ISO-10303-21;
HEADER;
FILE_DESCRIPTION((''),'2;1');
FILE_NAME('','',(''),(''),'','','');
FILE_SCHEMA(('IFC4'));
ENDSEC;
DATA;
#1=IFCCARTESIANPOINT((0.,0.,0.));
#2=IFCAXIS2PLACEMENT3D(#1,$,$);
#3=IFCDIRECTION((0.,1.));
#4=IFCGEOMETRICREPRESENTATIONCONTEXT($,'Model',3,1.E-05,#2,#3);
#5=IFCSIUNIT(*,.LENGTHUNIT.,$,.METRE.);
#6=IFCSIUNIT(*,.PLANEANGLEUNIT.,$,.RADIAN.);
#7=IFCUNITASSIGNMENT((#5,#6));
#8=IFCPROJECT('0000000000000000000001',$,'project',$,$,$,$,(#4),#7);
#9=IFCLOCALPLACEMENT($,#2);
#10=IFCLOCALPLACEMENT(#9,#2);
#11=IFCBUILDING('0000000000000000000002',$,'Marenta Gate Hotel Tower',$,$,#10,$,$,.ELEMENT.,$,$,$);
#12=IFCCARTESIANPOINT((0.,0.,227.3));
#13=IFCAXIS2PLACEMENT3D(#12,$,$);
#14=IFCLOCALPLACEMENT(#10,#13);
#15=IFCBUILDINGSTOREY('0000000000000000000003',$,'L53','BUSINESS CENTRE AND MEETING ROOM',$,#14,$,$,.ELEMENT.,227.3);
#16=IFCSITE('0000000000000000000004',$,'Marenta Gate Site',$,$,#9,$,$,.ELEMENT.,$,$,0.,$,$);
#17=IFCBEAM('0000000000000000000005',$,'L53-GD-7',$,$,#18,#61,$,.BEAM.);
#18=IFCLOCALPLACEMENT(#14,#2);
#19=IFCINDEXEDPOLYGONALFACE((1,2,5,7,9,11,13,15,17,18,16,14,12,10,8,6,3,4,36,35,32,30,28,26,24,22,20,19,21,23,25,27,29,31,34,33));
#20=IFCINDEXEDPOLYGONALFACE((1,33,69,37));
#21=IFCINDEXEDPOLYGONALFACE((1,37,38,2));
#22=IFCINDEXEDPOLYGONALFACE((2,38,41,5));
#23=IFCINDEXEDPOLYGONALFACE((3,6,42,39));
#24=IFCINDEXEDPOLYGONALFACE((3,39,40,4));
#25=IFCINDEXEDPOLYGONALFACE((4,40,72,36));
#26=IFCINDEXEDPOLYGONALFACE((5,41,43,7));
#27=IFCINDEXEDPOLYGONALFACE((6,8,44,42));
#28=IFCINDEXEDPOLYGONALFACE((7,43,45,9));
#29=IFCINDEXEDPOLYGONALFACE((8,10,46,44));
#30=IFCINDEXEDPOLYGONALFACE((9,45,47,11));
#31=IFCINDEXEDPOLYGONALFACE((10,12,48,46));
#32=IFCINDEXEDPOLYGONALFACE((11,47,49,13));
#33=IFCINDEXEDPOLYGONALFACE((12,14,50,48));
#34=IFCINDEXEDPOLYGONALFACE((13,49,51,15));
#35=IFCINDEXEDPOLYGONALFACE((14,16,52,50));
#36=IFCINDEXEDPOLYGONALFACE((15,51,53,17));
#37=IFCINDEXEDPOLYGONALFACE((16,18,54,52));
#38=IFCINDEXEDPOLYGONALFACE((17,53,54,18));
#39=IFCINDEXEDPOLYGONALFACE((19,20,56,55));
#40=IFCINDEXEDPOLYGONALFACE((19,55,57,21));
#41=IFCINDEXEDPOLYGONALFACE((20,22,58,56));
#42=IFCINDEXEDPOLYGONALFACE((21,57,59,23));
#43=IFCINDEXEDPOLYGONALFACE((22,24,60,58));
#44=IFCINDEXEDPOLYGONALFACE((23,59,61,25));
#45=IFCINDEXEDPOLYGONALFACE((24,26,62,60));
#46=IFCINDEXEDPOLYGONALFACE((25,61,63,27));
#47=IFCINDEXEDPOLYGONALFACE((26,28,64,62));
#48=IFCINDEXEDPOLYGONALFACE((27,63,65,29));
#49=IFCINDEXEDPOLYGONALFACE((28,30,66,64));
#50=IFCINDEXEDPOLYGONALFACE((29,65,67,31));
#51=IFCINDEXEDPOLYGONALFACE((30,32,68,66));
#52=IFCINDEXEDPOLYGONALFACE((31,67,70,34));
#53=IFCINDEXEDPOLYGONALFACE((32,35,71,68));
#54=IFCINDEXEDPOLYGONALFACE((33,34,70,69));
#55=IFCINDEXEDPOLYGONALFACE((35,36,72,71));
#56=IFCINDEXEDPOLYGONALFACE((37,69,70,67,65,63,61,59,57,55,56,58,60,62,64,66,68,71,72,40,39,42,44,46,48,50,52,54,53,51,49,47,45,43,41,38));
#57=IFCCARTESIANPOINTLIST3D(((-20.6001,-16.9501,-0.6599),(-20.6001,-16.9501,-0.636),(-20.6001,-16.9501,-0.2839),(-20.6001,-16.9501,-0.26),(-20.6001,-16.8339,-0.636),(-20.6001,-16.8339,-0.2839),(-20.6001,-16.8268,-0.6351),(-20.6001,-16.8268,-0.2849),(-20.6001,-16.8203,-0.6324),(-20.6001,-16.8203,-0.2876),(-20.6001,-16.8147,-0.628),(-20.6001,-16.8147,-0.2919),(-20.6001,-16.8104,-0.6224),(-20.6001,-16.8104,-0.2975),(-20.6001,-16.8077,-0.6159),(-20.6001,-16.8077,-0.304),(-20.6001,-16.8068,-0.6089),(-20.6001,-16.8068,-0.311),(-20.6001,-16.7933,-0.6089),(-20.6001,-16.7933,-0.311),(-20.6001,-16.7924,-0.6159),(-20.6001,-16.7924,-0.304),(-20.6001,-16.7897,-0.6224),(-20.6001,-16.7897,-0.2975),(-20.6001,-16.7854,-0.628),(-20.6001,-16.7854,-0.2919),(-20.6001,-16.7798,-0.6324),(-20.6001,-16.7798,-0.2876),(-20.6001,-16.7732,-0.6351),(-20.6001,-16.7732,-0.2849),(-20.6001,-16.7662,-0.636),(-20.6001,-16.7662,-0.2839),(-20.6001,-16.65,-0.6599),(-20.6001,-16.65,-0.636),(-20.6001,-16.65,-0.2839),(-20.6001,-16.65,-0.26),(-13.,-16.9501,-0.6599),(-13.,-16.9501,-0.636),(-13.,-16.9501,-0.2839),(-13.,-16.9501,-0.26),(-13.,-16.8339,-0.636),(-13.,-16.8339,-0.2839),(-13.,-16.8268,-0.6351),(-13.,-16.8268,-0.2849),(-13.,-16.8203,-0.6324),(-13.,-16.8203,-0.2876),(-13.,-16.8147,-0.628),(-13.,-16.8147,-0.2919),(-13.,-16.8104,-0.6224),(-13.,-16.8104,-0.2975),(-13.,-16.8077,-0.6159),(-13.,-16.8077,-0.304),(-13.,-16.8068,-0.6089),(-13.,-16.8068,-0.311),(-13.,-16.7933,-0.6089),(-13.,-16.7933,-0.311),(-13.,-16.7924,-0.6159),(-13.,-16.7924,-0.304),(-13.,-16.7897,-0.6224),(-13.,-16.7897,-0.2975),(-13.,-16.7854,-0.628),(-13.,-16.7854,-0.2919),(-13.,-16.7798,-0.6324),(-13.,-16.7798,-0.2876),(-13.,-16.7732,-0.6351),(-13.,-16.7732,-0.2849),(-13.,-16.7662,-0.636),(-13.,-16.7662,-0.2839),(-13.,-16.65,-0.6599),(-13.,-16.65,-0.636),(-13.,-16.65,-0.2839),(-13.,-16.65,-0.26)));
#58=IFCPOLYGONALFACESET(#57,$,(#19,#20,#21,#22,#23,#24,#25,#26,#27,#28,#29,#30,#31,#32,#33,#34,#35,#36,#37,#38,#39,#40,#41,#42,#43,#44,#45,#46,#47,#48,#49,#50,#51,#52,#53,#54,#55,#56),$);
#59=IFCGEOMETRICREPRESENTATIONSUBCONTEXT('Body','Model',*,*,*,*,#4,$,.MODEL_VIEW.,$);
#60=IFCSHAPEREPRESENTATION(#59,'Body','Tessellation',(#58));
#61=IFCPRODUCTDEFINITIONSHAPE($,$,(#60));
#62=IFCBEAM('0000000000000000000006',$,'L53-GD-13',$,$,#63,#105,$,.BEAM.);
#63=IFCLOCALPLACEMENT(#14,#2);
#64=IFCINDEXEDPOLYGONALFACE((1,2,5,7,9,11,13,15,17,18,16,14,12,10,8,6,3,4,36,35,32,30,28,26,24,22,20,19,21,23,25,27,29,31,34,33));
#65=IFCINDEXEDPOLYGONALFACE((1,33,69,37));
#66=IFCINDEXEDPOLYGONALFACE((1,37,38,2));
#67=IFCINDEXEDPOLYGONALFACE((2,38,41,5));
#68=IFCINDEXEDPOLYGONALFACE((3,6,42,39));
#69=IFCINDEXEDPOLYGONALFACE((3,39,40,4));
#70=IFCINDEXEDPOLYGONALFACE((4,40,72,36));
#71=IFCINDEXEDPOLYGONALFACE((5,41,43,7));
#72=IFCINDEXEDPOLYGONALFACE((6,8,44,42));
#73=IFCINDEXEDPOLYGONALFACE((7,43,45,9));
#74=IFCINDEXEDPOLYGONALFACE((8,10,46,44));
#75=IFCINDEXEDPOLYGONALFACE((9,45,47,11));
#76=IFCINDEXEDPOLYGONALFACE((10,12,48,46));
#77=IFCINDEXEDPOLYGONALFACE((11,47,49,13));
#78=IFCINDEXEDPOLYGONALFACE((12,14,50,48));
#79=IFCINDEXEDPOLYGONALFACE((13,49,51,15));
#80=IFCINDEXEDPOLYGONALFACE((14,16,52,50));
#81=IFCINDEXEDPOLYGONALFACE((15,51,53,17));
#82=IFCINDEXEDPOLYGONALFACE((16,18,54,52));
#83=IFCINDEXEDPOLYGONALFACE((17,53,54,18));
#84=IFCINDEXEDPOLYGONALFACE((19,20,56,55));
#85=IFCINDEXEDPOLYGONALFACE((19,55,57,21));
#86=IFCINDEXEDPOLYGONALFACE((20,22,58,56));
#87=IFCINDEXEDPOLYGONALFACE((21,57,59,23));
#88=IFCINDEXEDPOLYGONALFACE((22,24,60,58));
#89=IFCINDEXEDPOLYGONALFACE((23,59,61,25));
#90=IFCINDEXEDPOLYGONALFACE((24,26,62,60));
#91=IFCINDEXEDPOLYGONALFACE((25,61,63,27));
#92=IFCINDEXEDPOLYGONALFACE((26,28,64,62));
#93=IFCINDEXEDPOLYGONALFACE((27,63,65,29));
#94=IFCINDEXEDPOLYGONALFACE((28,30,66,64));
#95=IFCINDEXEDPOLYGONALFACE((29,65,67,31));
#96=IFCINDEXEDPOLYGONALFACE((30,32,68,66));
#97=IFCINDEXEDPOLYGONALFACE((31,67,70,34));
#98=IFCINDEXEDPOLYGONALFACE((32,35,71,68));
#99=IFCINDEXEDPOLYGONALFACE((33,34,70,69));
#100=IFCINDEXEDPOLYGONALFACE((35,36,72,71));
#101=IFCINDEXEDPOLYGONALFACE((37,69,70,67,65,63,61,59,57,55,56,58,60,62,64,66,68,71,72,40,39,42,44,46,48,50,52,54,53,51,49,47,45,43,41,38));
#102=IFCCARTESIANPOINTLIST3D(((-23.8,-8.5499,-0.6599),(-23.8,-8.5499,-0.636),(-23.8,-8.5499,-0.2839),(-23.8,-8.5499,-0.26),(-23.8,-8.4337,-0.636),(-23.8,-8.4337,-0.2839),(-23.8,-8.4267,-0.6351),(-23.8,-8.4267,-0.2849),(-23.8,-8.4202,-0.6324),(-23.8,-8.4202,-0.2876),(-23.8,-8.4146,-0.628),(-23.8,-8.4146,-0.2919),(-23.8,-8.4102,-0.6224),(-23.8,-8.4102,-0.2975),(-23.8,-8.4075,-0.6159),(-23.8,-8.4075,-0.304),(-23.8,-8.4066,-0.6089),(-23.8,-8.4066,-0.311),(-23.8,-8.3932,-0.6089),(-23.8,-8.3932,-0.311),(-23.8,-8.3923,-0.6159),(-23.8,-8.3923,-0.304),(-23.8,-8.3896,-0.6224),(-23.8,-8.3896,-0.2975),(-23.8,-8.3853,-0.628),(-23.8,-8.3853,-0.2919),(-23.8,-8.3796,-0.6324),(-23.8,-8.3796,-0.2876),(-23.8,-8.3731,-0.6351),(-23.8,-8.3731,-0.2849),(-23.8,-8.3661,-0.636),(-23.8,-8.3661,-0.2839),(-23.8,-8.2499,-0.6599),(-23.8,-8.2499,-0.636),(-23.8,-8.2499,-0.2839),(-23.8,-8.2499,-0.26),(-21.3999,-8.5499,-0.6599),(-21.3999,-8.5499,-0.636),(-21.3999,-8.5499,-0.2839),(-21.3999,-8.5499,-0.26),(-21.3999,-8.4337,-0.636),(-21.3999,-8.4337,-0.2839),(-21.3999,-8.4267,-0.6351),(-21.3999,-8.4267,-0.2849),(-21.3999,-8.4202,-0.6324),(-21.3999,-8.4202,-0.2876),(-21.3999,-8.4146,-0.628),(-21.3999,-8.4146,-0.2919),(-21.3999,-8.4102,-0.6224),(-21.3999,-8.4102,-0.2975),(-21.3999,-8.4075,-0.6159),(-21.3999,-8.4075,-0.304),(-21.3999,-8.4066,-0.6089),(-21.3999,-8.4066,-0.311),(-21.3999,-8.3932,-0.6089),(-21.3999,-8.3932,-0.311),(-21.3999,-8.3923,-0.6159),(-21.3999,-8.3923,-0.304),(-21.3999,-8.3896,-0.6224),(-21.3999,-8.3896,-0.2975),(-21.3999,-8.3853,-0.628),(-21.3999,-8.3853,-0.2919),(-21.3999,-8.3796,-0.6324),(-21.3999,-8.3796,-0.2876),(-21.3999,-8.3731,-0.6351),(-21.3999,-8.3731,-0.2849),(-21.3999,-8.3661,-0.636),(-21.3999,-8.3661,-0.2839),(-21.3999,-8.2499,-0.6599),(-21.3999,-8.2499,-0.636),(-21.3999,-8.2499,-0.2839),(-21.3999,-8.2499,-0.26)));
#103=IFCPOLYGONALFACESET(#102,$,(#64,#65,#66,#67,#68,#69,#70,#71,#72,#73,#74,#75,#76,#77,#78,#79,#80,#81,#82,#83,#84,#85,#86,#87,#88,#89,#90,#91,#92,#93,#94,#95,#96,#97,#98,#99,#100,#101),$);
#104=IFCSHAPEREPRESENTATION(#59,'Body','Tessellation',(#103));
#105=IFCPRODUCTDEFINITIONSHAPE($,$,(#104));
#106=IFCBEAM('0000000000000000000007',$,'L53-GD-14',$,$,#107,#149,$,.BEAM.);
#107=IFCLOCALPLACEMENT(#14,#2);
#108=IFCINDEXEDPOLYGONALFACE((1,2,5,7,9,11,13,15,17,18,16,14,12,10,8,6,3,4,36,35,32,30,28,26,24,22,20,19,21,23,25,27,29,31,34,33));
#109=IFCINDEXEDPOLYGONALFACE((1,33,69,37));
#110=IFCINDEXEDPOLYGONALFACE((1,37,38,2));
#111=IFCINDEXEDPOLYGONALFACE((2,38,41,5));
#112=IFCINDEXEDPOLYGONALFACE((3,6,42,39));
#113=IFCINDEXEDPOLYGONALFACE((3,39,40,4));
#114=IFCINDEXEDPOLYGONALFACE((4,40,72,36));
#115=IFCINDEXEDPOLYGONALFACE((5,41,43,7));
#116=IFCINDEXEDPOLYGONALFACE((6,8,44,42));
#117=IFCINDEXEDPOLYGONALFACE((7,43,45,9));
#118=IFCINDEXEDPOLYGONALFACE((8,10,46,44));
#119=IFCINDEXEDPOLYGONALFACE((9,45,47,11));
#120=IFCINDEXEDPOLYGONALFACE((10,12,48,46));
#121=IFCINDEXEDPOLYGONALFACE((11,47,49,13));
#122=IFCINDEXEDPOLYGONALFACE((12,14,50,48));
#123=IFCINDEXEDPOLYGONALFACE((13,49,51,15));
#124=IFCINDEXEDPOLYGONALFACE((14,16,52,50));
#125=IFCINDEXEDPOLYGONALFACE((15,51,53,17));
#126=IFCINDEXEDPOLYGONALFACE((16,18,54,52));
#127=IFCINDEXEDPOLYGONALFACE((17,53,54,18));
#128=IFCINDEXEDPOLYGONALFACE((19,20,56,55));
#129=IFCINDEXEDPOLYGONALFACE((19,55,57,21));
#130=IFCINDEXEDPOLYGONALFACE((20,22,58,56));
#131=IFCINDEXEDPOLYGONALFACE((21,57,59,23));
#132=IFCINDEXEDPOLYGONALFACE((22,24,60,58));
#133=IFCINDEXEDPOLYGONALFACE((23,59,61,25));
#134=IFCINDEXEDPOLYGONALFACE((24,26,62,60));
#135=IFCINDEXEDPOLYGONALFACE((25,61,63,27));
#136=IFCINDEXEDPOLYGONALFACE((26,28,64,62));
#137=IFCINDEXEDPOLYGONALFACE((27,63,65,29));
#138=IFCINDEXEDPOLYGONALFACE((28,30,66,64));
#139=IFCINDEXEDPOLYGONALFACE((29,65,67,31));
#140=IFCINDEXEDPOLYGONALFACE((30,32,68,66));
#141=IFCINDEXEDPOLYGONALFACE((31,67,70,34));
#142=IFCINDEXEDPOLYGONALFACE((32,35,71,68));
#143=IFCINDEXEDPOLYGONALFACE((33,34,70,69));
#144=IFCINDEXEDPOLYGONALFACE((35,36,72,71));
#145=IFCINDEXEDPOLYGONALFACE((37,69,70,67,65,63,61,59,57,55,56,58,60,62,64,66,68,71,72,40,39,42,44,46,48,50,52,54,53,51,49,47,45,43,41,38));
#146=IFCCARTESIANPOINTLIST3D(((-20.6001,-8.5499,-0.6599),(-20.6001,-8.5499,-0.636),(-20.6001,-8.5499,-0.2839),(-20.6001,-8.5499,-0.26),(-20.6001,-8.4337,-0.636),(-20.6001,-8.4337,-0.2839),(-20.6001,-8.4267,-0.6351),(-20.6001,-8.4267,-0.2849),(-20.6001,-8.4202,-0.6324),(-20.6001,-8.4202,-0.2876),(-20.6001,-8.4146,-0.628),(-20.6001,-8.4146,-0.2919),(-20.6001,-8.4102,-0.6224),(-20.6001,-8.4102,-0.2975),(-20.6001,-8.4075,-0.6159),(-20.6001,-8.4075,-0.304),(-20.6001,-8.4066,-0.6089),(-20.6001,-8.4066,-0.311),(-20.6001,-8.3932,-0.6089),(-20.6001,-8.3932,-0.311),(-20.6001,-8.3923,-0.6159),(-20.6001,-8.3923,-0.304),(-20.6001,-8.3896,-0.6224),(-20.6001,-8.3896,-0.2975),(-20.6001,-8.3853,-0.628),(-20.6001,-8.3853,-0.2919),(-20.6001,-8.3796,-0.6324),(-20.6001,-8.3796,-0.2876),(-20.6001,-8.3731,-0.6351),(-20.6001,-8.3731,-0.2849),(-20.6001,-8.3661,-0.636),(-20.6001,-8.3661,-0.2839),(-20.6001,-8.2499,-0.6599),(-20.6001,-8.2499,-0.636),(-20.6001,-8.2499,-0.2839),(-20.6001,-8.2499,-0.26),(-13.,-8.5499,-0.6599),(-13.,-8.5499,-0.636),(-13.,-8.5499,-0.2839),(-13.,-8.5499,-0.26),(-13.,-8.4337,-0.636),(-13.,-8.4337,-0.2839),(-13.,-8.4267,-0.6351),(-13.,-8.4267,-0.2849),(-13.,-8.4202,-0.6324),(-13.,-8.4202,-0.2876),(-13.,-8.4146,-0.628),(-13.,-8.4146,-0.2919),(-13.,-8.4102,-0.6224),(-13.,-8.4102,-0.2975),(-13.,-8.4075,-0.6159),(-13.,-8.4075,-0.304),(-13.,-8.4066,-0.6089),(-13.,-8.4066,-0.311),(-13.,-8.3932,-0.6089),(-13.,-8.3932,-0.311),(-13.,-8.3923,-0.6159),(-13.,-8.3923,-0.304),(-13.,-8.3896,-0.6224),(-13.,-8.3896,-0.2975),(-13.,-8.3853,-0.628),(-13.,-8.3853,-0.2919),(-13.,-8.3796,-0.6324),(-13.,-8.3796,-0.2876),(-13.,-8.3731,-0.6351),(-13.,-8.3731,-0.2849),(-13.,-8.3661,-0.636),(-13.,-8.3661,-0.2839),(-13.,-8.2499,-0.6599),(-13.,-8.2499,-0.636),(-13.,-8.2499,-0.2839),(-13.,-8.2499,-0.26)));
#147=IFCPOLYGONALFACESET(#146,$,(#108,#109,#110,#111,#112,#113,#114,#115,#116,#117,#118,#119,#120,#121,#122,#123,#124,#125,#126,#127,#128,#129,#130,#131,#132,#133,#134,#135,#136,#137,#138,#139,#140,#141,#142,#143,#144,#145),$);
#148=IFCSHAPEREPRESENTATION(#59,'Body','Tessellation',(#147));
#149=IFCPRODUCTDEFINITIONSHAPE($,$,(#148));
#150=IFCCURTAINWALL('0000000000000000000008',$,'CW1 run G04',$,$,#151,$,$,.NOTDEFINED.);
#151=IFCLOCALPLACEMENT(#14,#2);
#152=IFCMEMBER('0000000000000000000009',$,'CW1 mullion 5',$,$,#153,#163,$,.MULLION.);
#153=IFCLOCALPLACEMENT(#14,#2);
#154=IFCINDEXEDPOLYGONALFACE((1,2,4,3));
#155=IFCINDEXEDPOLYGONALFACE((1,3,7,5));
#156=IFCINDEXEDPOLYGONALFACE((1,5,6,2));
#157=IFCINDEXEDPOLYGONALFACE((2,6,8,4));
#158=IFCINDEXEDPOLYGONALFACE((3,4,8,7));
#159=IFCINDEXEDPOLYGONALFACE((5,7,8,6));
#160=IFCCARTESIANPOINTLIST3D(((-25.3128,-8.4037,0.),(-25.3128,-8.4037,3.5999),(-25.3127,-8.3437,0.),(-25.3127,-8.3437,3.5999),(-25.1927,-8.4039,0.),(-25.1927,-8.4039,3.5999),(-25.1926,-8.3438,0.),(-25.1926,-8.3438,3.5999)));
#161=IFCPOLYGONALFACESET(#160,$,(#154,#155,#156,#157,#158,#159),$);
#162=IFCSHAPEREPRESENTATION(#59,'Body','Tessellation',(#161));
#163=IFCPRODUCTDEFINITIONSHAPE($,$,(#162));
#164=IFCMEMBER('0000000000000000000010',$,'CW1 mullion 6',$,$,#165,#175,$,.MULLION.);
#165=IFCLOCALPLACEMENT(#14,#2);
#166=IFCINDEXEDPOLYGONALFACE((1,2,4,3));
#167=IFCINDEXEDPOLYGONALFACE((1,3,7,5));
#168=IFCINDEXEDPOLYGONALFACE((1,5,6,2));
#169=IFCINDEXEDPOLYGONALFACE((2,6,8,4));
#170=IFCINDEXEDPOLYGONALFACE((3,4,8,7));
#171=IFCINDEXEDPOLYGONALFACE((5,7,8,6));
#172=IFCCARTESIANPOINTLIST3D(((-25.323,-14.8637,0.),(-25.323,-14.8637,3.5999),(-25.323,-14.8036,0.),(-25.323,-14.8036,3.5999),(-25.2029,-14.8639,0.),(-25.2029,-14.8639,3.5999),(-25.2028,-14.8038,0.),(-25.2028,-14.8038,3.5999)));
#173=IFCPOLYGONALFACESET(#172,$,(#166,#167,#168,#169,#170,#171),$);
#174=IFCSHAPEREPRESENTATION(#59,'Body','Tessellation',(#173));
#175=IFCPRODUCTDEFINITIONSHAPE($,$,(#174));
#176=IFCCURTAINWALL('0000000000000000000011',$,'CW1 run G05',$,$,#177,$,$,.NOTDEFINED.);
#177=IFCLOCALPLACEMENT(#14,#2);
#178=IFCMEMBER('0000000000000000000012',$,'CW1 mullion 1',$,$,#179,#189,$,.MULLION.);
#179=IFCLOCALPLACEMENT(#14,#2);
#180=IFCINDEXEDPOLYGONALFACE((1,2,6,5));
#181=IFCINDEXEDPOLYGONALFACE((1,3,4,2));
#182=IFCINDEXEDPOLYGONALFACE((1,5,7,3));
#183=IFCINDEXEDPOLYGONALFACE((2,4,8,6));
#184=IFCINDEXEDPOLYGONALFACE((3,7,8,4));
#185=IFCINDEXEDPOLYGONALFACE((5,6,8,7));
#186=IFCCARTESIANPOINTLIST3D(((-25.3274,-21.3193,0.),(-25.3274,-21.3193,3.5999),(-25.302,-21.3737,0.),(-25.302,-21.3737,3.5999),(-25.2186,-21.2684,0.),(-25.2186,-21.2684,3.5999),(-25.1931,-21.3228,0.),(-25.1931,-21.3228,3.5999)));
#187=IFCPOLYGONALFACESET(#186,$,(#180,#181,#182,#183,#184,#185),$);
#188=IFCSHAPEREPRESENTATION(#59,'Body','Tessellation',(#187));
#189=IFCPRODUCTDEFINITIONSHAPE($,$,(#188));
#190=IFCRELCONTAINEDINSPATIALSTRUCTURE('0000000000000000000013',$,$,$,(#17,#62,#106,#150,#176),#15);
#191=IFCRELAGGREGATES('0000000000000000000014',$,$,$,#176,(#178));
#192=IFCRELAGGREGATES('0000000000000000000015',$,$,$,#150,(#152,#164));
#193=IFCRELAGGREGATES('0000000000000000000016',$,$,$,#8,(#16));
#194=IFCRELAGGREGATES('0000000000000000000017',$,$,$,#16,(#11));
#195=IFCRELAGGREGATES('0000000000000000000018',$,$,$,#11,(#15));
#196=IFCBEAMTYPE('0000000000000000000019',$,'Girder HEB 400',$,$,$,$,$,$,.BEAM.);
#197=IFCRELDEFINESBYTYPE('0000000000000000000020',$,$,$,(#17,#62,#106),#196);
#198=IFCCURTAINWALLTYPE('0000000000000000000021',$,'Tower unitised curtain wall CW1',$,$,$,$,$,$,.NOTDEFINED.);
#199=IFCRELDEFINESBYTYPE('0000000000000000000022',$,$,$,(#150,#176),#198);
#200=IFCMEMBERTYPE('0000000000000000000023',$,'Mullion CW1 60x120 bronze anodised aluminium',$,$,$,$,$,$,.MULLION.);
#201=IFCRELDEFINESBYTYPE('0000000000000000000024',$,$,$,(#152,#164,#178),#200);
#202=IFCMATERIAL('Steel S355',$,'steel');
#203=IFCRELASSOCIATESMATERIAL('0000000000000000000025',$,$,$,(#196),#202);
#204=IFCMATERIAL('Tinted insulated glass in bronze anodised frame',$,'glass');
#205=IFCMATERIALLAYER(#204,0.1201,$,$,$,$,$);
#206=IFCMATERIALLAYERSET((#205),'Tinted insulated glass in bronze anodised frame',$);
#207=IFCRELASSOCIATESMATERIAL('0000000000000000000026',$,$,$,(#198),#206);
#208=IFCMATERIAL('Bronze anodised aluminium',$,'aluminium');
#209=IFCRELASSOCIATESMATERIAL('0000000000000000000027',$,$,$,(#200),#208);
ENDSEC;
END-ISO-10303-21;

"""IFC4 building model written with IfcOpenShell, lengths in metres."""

from ifc_helpers import new_model, si_unit, direction, frame, origin, origin_2d, place, context, subcontext, project, spatial, rectangle, i_section, extrude, material, layer, layer_set, material_profile, profile_set, type_object, element, aggregate, save


model = new_model("IFC4")

# Units and contexts
model_context = context("Model", 3, precision=1e-05, world=origin(), true_north=direction((0.0, 1.0)))
body_context = subcontext(model_context, "Body", "Model", "MODEL_VIEW")
ifc_project = project(units=[si_unit("LENGTHUNIT", "METRE"), si_unit("PLANEANGLEUNIT", "RADIAN")], contexts=[model_context])

# Site, building, storey
site_placement = place(None, origin())
site = spatial("IfcSite", under=ifc_project, at=site_placement, Name="Marenta Gate Site", CompositionType="ELEMENT", RefElevation=0.0)
building_placement = place(site_placement, origin())
building = spatial("IfcBuilding", under=site, at=building_placement, Name="Marenta Gate Hotel Tower", CompositionType="ELEMENT")
storey_placement = place(building_placement, frame((0.0, 0.0, 227.3)))
storey = spatial("IfcBuildingStorey", under=building, at=storey_placement, Name="L53", Description="BUSINESS CENTRE AND MEETING ROOM", CompositionType="ELEMENT", Elevation=227.3)

# Beams
ifc_material_1 = material(Name="Steel S355", Category="steel")
ifc_material_profile_1 = material_profile(ifc_material_1, i_section(OverallWidth=0.3, OverallDepth=0.3999, WebThickness=0.0134, FlangeThickness=0.0239, FilletRadius=0.0271, at=origin_2d()), Name="HEB 400")
ifc_profile_set_1 = profile_set([ifc_material_profile_1], Name="Steel S355")
beam_type_1 = type_object("IfcBeamType", Name="Girder HEB 400", PredefinedType="BEAM", material=ifc_profile_set_1)
beam_1_placement = place(storey_placement, frame((-20.6001, -16.8, -0.46), z_axis=(1.0, 0.0, 0.0), x_axis=(0.0, 1.0, 0.0)))
element("IfcBeam", 1, at=beam_1_placement, inside=storey, type_object=beam_type_1, Name="L53-GD-7", PredefinedType="BEAM", context=body_context, shape_type="SweptSolid", body=[
    extrude(i_section(OverallWidth=0.3, OverallDepth=0.3999, WebThickness=0.0134, FlangeThickness=0.0239, FilletRadius=0.0271, at=origin_2d()), origin(), (0.0, 0.0, 1.0), 7.6001),
])
beam_2_placement = place(storey_placement, frame((-23.8, -8.3999, -0.46), z_axis=(1.0, 0.0, 0.0), x_axis=(0.0, 1.0, 0.0)))
element("IfcBeam", 2, at=beam_2_placement, inside=storey, type_object=beam_type_1, Name="L53-GD-13", PredefinedType="BEAM", context=body_context, shape_type="SweptSolid", body=[
    extrude(i_section(OverallWidth=0.3, OverallDepth=0.3999, WebThickness=0.0134, FlangeThickness=0.0239, FilletRadius=0.0271, at=origin_2d()), origin(), (0.0, 0.0, 1.0), 2.4001),
])
beam_3_placement = place(storey_placement, frame((-20.6001, -8.3999, -0.46), z_axis=(1.0, 0.0, 0.0), x_axis=(0.0, 1.0, 0.0)))
element("IfcBeam", 3, at=beam_3_placement, inside=storey, type_object=beam_type_1, Name="L53-GD-14", PredefinedType="BEAM", context=body_context, shape_type="SweptSolid", body=[
    extrude(i_section(OverallWidth=0.3, OverallDepth=0.3999, WebThickness=0.0134, FlangeThickness=0.0239, FilletRadius=0.0271, at=origin_2d()), origin(), (0.0, 0.0, 1.0), 7.6001),
])

# Curtain wall, members
ifc_material_2 = material(Name="Tinted insulated glass in bronze anodised frame", Category="glass")
ifc_layer_1 = layer(ifc_material_2, 0.1201)
ifc_layer_set_1 = layer_set([ifc_layer_1], Name="Tinted insulated glass in bronze anodised frame")
curtain_wall_type = type_object("IfcCurtainWallType", Name="Tower unitised curtain wall CW1", PredefinedType="NOTDEFINED", material=ifc_layer_set_1)
curtain_wall_1_placement = place(storey_placement, origin())
curtain_wall_1 = element("IfcCurtainWall", 4, at=curtain_wall_1_placement, inside=storey, type_object=curtain_wall_type, Name="CW1 run G04", PredefinedType="NOTDEFINED")
ifc_material_3 = material(Name="Bronze anodised aluminium", Category="aluminium")
ifc_material_profile_2 = material_profile(ifc_material_3, rectangle(XDim=0.1201, YDim=0.0601, at=origin_2d()), Name="Mullion CW1 60x120 bronze anodised aluminium")
ifc_profile_set_2 = profile_set([ifc_material_profile_2], Name="Bronze anodised aluminium")
member_type_1 = type_object("IfcMemberType", Name="Mullion CW1 60x120 bronze anodised aluminium", PredefinedType="MULLION", material=ifc_profile_set_2)
member_1_placement = place(storey_placement, frame((-25.2527, -8.3738, 0.0), z_axis=(0.0, 0.0, 1.0), x_axis=(0.999999, -0.001566, 0.0)))
member_1 = element("IfcMember", 5, at=member_1_placement, type_object=member_type_1, Name="CW1 mullion 5", PredefinedType="MULLION", context=body_context, shape_type="SweptSolid", body=[
    extrude(rectangle(XDim=0.1201, YDim=0.0601, at=origin_2d()), origin(), (0.0, 0.0, 1.0), 3.5999),
])
member_2_placement = place(storey_placement, frame((-25.2629, -14.8337, 0.0), z_axis=(0.0, 0.0, 1.0), x_axis=(0.999999, -0.001566, 0.0)))
member_2 = element("IfcMember", 6, at=member_2_placement, type_object=member_type_1, Name="CW1 mullion 6", PredefinedType="MULLION", context=body_context, shape_type="SweptSolid", body=[
    extrude(rectangle(XDim=0.1201, YDim=0.0601, at=origin_2d()), origin(), (0.0, 0.0, 1.0), 3.5999),
])

# Curtain wall, member
curtain_wall_2_placement = place(storey_placement, origin())
curtain_wall_2 = element("IfcCurtainWall", 7, at=curtain_wall_2_placement, inside=storey, type_object=curtain_wall_type, Name="CW1 run G05", PredefinedType="NOTDEFINED")
member_3_placement = place(storey_placement, frame((-25.2603, -21.321, 0.0), z_axis=(0.0, 0.0, 1.0), x_axis=(0.905975, 0.423332, 0.0)))
member_3 = element("IfcMember", 8, at=member_3_placement, type_object=member_type_1, Name="CW1 mullion 1", PredefinedType="MULLION", context=body_context, shape_type="SweptSolid", body=[
    extrude(rectangle(XDim=0.1201, YDim=0.0601, at=origin_2d()), origin(), (0.0, 0.0, 1.0), 3.5999),
])

aggregate(curtain_wall_2, [member_3])

aggregate(curtain_wall_1, [member_1, member_2])

save(model, "model.ifc")
